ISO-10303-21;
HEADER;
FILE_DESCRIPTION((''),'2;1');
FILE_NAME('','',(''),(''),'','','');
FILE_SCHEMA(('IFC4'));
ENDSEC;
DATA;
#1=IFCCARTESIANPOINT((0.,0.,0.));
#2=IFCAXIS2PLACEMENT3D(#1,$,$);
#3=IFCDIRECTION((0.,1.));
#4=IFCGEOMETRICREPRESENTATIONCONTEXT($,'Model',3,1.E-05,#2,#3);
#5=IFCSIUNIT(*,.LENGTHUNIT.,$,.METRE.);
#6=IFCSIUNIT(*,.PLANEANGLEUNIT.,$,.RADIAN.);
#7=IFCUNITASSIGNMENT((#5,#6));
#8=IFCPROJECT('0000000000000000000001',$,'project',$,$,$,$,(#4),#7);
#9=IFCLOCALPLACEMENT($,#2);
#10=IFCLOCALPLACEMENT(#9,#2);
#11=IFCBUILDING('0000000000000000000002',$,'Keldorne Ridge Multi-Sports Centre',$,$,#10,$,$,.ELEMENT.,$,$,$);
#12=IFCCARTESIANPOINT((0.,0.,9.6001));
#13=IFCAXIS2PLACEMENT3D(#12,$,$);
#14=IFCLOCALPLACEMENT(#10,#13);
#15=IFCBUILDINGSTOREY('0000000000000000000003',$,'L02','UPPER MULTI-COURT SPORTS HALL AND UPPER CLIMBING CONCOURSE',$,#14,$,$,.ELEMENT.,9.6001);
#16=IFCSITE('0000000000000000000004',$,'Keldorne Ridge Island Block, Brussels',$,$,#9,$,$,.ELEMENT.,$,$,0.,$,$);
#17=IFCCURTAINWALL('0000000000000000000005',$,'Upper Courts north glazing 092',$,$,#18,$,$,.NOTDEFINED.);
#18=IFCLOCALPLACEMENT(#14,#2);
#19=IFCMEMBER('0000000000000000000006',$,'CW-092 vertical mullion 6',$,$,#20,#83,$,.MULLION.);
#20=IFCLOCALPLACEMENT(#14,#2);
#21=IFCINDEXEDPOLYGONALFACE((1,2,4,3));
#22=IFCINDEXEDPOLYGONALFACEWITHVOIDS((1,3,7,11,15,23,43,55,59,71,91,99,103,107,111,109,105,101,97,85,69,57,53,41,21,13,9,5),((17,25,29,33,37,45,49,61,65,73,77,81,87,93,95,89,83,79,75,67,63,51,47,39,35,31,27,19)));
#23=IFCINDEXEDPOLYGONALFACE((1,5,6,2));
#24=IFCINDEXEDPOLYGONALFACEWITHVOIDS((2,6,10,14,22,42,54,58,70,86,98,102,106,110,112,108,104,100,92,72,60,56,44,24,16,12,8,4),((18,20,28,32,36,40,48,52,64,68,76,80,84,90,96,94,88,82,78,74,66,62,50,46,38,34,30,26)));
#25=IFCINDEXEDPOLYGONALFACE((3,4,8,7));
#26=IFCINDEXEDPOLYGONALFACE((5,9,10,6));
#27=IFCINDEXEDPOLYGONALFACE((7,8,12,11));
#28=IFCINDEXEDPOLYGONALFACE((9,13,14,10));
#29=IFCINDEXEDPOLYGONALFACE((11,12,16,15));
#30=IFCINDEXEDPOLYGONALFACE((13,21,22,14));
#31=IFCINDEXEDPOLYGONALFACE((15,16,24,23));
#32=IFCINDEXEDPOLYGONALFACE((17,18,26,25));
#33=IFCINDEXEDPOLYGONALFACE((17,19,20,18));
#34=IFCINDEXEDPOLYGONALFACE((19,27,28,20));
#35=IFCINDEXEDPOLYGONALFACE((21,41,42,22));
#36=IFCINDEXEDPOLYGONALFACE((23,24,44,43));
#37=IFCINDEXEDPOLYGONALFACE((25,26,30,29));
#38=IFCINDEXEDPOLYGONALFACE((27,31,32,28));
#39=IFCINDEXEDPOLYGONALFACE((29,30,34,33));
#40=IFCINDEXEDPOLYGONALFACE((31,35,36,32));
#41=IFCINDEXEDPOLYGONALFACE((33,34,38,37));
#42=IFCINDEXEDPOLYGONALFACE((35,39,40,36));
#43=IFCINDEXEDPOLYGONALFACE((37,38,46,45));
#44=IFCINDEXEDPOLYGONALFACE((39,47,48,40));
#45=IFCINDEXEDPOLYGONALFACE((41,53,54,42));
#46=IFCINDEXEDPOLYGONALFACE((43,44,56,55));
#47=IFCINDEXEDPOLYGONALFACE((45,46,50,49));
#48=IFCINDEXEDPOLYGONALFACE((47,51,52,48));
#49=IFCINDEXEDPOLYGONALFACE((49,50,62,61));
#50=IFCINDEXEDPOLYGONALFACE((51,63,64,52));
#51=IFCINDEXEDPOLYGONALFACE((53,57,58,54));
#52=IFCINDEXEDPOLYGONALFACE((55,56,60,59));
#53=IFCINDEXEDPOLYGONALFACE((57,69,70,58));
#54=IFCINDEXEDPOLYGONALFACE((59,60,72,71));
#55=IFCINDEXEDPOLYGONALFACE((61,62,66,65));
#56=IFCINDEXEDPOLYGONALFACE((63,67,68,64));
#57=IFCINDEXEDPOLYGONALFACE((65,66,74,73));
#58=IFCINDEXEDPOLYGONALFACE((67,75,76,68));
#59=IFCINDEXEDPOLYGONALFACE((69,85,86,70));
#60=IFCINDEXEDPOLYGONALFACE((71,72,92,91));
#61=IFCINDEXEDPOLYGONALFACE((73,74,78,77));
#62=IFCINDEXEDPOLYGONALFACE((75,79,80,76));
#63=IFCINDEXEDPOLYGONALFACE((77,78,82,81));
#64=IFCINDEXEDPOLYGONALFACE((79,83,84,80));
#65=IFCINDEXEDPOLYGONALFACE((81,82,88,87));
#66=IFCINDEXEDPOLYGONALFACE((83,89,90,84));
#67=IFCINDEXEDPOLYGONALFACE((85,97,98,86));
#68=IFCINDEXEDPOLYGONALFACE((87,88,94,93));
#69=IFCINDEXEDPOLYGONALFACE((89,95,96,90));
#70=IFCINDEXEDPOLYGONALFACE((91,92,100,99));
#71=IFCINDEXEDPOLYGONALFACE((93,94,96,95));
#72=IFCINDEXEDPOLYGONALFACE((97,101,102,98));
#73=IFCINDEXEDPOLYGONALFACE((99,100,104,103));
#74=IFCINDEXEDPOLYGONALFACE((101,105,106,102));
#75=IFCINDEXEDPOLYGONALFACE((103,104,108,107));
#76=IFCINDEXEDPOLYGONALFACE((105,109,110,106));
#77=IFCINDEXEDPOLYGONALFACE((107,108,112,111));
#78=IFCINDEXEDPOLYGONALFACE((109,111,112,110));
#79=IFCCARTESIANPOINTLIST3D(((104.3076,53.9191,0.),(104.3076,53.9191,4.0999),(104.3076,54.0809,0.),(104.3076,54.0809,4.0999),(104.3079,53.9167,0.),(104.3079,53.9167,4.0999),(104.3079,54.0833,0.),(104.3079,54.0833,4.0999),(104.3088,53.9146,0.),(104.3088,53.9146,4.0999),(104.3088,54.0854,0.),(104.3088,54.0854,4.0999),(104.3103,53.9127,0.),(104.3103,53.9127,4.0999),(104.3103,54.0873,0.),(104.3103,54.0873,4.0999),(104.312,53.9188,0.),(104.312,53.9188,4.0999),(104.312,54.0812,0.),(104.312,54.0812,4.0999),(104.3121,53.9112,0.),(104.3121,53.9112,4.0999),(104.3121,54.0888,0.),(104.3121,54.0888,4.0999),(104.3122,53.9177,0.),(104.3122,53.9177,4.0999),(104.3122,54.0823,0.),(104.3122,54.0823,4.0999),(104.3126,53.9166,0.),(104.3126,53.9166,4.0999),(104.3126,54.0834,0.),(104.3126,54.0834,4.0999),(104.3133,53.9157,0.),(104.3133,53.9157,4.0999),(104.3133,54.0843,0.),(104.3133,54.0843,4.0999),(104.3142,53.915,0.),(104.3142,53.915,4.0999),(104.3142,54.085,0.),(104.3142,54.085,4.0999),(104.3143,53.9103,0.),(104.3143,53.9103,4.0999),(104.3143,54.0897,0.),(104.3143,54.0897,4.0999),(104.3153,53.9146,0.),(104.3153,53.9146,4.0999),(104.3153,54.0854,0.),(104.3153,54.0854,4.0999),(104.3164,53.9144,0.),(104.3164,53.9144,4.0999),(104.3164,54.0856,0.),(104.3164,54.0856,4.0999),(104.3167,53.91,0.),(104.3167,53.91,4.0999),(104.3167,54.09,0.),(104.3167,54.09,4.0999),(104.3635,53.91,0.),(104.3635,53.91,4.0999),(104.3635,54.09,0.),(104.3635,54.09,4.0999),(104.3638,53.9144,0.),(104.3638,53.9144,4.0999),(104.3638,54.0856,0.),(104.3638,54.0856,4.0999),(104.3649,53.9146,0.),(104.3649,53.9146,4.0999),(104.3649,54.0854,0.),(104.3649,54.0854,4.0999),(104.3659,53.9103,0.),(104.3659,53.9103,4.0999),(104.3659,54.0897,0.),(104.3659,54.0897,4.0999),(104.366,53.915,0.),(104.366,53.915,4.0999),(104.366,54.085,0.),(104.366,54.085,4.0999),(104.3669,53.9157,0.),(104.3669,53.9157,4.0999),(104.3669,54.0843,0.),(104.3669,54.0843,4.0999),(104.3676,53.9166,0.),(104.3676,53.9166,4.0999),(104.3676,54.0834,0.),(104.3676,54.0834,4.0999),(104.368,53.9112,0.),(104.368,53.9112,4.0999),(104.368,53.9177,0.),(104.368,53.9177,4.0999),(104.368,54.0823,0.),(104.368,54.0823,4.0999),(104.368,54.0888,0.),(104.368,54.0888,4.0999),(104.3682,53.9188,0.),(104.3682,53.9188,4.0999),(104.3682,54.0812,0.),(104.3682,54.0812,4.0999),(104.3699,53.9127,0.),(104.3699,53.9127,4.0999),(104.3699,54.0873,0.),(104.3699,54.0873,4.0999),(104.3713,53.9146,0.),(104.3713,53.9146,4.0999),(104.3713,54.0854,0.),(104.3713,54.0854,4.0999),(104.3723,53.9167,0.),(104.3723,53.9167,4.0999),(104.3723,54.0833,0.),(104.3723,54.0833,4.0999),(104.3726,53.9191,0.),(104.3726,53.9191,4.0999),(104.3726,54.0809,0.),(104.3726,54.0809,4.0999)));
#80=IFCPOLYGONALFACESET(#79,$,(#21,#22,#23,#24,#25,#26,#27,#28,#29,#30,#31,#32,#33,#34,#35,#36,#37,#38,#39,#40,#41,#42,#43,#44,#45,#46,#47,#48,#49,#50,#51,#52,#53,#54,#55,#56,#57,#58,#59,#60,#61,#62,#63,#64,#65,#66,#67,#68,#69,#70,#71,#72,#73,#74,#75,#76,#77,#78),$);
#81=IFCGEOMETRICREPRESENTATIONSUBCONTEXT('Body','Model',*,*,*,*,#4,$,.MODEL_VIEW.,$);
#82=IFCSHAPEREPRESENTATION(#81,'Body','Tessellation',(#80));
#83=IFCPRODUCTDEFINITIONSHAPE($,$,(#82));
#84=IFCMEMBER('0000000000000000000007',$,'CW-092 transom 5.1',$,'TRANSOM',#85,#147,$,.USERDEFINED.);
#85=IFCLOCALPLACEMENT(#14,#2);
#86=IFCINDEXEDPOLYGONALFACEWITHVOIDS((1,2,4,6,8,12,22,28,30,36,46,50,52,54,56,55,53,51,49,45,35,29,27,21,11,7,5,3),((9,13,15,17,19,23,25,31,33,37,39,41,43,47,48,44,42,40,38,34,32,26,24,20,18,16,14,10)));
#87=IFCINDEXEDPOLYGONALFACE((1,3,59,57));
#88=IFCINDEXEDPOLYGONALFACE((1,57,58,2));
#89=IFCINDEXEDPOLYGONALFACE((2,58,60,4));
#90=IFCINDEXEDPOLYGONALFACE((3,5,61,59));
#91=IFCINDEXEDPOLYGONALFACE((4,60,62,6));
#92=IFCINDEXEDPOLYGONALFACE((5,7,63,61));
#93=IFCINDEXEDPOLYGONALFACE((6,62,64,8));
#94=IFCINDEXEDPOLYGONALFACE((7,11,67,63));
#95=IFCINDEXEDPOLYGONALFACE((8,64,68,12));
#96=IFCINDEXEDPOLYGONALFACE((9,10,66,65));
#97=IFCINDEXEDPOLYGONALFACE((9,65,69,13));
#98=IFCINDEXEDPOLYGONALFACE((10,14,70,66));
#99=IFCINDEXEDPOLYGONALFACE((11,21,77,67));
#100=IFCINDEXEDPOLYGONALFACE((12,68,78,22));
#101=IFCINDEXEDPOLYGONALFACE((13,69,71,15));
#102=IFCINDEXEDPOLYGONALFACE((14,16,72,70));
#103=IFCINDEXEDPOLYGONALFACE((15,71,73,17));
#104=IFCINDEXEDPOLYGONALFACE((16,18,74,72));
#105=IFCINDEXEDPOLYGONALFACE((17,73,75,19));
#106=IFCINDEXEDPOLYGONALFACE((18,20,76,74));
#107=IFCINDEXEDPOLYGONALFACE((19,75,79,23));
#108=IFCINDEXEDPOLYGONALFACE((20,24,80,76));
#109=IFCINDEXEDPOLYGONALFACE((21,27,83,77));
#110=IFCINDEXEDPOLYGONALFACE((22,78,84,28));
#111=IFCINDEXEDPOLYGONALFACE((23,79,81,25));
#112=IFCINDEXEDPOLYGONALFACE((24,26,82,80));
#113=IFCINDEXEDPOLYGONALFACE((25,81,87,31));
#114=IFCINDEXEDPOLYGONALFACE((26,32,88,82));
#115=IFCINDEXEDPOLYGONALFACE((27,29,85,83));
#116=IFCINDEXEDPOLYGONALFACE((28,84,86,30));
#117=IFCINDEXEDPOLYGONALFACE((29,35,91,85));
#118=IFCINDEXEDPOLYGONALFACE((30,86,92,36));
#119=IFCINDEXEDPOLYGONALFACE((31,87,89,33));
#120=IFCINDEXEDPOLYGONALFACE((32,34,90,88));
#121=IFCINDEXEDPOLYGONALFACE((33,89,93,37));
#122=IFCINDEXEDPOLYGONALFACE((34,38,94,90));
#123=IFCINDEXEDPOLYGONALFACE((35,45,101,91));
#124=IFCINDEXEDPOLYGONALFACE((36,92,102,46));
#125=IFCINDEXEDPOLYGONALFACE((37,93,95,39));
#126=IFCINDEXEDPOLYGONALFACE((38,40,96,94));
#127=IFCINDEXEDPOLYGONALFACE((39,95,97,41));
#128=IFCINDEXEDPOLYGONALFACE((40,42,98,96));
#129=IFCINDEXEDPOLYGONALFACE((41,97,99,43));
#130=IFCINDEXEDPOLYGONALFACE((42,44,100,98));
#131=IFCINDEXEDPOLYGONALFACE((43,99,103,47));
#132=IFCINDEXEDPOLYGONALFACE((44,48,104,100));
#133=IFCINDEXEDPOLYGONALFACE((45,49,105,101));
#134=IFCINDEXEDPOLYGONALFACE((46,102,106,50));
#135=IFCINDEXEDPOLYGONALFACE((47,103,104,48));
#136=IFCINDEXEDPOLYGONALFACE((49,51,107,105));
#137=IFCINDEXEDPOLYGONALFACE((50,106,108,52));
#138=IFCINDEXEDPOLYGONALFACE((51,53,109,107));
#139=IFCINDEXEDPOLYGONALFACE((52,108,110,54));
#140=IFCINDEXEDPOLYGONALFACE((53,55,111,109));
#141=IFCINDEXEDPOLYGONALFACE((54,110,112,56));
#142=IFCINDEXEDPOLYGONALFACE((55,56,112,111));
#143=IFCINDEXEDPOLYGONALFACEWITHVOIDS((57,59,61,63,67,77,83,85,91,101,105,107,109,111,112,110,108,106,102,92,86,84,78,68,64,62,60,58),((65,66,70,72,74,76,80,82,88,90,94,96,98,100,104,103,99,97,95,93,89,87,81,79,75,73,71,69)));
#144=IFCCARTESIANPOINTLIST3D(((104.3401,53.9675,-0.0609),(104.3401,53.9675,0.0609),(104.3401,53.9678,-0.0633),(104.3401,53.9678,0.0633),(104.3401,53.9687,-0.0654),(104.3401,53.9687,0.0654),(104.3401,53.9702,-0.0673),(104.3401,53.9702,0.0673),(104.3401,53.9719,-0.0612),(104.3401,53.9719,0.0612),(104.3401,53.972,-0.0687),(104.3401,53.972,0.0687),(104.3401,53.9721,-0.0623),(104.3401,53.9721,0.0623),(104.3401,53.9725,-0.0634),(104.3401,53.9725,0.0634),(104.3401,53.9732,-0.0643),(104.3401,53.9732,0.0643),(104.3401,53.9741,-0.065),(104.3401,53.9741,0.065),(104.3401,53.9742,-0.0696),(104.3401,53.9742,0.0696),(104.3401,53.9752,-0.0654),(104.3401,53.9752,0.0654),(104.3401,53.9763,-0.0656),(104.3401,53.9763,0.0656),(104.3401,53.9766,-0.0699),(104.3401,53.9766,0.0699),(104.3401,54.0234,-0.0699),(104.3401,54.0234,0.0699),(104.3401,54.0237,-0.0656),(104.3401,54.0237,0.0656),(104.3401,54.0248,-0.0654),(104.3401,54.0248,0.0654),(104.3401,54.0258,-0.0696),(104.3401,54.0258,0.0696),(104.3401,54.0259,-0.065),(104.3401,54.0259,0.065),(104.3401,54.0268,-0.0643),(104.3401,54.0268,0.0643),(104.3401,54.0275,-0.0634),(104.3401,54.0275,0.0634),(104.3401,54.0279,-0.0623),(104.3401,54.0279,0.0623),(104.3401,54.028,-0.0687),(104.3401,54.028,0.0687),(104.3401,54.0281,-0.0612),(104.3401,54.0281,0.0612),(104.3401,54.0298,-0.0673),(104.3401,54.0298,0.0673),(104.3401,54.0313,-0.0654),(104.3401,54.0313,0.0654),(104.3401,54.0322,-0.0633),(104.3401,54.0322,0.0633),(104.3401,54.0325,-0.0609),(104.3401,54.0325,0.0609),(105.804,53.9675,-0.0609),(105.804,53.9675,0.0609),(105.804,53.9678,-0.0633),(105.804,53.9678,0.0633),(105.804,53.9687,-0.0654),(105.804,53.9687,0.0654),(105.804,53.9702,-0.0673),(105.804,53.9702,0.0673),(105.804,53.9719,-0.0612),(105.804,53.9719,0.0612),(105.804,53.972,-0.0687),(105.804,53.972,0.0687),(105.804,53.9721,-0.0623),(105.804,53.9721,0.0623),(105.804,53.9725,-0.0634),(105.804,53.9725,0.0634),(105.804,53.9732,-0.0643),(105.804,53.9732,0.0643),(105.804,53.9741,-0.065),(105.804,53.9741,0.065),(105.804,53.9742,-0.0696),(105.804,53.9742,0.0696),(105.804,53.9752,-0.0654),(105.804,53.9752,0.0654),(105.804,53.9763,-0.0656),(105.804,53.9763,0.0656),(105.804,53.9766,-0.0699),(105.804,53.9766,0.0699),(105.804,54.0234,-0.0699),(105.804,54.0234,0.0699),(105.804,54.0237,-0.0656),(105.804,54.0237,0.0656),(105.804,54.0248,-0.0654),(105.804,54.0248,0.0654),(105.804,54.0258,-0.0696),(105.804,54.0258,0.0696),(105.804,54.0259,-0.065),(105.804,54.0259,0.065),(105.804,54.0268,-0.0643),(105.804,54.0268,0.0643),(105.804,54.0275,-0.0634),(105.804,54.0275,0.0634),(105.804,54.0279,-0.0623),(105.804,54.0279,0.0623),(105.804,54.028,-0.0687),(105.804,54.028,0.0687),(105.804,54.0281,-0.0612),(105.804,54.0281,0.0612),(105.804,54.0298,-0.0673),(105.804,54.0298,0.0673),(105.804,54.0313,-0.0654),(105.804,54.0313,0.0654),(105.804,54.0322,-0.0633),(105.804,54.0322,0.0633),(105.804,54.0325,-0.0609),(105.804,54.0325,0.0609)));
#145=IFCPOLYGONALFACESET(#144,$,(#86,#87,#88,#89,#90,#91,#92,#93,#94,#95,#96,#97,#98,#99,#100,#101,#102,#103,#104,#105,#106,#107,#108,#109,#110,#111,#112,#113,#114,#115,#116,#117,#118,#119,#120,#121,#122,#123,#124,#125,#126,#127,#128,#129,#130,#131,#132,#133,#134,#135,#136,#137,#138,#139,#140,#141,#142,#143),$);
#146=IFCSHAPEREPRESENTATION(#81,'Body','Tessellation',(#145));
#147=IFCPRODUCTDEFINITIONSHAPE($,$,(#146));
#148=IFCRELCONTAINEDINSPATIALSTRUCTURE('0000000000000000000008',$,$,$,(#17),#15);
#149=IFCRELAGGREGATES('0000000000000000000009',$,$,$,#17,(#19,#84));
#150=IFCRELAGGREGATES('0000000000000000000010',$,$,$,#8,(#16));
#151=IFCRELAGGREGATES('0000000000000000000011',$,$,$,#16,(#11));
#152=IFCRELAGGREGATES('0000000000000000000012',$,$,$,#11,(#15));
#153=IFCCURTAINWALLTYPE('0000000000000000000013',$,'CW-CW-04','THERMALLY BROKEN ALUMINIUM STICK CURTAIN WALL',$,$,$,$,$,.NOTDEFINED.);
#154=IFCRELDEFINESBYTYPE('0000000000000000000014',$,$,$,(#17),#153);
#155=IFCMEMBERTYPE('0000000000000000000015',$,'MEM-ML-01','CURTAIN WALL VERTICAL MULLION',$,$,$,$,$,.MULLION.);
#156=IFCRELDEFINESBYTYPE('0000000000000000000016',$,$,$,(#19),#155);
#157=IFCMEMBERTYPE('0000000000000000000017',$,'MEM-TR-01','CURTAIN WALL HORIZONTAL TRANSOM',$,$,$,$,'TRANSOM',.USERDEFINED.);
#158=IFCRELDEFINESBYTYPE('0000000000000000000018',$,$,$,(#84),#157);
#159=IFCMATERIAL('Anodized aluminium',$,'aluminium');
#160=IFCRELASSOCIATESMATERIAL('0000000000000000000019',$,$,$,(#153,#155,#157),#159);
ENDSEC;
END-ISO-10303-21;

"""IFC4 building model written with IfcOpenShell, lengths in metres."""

from ifc_helpers import new_model, si_unit, direction, frame, origin, origin_2d, place, context, subcontext, project, spatial, hollow_rectangle, extrude, material, material_profile, profile_set, type_object, element, aggregate, save


model = new_model("IFC4")

# Units and contexts
model_context = context("Model", 3, precision=1e-05, world=origin(), true_north=direction((0.0, 1.0)))
body_context = subcontext(model_context, "Body", "Model", "MODEL_VIEW")
ifc_project = project(units=[si_unit("LENGTHUNIT", "METRE"), si_unit("PLANEANGLEUNIT", "RADIAN")], contexts=[model_context])

# Site, building, storey
site_placement = place(None, origin())
site = spatial("IfcSite", under=ifc_project, at=site_placement, Name="Keldorne Ridge Island Block, Brussels", CompositionType="ELEMENT", RefElevation=0.0)
building_placement = place(site_placement, origin())
building = spatial("IfcBuilding", under=site, at=building_placement, Name="Keldorne Ridge Multi-Sports Centre", CompositionType="ELEMENT")
storey_placement = place(building_placement, frame((0.0, 0.0, 9.6001)))
storey = spatial("IfcBuildingStorey", under=building, at=storey_placement, Name="L02", Description="UPPER MULTI-COURT SPORTS HALL AND UPPER CLIMBING CONCOURSE", CompositionType="ELEMENT", Elevation=9.6001)

# Curtain wall, members
ifc_material_1 = material(Name="Anodized aluminium", Category="aluminium")
curtain_wall_type = type_object("IfcCurtainWallType", Name="CW-CW-04", Description="THERMALLY BROKEN ALUMINIUM STICK CURTAIN WALL", PredefinedType="NOTDEFINED", material=ifc_material_1)
curtain_wall_placement = place(storey_placement, origin())
curtain_wall = element("IfcCurtainWall", 1, at=curtain_wall_placement, inside=storey, type_object=curtain_wall_type, Name="Upper Courts north glazing 092", PredefinedType="NOTDEFINED")
ifc_material_profile_1 = material_profile(ifc_material_1, hollow_rectangle(XDim=0.0649, YDim=0.1799, WallThickness=0.0044, InnerFilletRadius=0.0044, OuterFilletRadius=0.009, at=origin_2d()), Name="ALU MULLION 180x65x4.5")
ifc_profile_set_1 = profile_set([ifc_material_profile_1], Name="Anodized aluminium")
member_type_1 = type_object("IfcMemberType", Name="MEM-ML-01", Description="CURTAIN WALL VERTICAL MULLION", PredefinedType="MULLION", material=ifc_profile_set_1)
member_1_placement = place(storey_placement, frame((104.3401, 54.0, 0.0), z_axis=(0.0, 0.0, 1.0), x_axis=(1.0, 0.0, 0.0)))
member_1 = element("IfcMember", 2, at=member_1_placement, type_object=member_type_1, Name="CW-092 vertical mullion 6", PredefinedType="MULLION", context=body_context, shape_type="SweptSolid", body=[
    extrude(hollow_rectangle(XDim=0.0649, YDim=0.1799, WallThickness=0.0044, InnerFilletRadius=0.0044, OuterFilletRadius=0.009, at=origin_2d()), origin(), (0.0, 0.0, 1.0), 4.0999),
])
ifc_material_profile_2 = material_profile(ifc_material_1, hollow_rectangle(XDim=0.0649, YDim=0.1399, WallThickness=0.0044, InnerFilletRadius=0.0044, OuterFilletRadius=0.009, at=origin_2d()), Name="ALU TRANSOM 140x65x4.5")
ifc_profile_set_2 = profile_set([ifc_material_profile_2], Name="Anodized aluminium")
member_type_2 = type_object("IfcMemberType", Name="MEM-TR-01", Description="CURTAIN WALL HORIZONTAL TRANSOM", ElementType="TRANSOM", PredefinedType="USERDEFINED", material=ifc_profile_set_2)
member_2_placement = place(storey_placement, frame((105.804, 54.0, 0.0), z_axis=(-1.0, 0.0, 0.0), x_axis=(0.0, -1.0, 0.0)))
member_2 = element("IfcMember", 3, at=member_2_placement, type_object=member_type_2, Name="CW-092 transom 5.1", ObjectType="TRANSOM", PredefinedType="USERDEFINED", context=body_context, shape_type="SweptSolid", body=[
    extrude(hollow_rectangle(XDim=0.0649, YDim=0.1399, WallThickness=0.0044, InnerFilletRadius=0.0044, OuterFilletRadius=0.009, at=origin_2d()), origin(), (0.0, 0.0, 1.0), 1.4639),
])
aggregate(curtain_wall, [member_1, member_2])

save(model, "model.ifc")
